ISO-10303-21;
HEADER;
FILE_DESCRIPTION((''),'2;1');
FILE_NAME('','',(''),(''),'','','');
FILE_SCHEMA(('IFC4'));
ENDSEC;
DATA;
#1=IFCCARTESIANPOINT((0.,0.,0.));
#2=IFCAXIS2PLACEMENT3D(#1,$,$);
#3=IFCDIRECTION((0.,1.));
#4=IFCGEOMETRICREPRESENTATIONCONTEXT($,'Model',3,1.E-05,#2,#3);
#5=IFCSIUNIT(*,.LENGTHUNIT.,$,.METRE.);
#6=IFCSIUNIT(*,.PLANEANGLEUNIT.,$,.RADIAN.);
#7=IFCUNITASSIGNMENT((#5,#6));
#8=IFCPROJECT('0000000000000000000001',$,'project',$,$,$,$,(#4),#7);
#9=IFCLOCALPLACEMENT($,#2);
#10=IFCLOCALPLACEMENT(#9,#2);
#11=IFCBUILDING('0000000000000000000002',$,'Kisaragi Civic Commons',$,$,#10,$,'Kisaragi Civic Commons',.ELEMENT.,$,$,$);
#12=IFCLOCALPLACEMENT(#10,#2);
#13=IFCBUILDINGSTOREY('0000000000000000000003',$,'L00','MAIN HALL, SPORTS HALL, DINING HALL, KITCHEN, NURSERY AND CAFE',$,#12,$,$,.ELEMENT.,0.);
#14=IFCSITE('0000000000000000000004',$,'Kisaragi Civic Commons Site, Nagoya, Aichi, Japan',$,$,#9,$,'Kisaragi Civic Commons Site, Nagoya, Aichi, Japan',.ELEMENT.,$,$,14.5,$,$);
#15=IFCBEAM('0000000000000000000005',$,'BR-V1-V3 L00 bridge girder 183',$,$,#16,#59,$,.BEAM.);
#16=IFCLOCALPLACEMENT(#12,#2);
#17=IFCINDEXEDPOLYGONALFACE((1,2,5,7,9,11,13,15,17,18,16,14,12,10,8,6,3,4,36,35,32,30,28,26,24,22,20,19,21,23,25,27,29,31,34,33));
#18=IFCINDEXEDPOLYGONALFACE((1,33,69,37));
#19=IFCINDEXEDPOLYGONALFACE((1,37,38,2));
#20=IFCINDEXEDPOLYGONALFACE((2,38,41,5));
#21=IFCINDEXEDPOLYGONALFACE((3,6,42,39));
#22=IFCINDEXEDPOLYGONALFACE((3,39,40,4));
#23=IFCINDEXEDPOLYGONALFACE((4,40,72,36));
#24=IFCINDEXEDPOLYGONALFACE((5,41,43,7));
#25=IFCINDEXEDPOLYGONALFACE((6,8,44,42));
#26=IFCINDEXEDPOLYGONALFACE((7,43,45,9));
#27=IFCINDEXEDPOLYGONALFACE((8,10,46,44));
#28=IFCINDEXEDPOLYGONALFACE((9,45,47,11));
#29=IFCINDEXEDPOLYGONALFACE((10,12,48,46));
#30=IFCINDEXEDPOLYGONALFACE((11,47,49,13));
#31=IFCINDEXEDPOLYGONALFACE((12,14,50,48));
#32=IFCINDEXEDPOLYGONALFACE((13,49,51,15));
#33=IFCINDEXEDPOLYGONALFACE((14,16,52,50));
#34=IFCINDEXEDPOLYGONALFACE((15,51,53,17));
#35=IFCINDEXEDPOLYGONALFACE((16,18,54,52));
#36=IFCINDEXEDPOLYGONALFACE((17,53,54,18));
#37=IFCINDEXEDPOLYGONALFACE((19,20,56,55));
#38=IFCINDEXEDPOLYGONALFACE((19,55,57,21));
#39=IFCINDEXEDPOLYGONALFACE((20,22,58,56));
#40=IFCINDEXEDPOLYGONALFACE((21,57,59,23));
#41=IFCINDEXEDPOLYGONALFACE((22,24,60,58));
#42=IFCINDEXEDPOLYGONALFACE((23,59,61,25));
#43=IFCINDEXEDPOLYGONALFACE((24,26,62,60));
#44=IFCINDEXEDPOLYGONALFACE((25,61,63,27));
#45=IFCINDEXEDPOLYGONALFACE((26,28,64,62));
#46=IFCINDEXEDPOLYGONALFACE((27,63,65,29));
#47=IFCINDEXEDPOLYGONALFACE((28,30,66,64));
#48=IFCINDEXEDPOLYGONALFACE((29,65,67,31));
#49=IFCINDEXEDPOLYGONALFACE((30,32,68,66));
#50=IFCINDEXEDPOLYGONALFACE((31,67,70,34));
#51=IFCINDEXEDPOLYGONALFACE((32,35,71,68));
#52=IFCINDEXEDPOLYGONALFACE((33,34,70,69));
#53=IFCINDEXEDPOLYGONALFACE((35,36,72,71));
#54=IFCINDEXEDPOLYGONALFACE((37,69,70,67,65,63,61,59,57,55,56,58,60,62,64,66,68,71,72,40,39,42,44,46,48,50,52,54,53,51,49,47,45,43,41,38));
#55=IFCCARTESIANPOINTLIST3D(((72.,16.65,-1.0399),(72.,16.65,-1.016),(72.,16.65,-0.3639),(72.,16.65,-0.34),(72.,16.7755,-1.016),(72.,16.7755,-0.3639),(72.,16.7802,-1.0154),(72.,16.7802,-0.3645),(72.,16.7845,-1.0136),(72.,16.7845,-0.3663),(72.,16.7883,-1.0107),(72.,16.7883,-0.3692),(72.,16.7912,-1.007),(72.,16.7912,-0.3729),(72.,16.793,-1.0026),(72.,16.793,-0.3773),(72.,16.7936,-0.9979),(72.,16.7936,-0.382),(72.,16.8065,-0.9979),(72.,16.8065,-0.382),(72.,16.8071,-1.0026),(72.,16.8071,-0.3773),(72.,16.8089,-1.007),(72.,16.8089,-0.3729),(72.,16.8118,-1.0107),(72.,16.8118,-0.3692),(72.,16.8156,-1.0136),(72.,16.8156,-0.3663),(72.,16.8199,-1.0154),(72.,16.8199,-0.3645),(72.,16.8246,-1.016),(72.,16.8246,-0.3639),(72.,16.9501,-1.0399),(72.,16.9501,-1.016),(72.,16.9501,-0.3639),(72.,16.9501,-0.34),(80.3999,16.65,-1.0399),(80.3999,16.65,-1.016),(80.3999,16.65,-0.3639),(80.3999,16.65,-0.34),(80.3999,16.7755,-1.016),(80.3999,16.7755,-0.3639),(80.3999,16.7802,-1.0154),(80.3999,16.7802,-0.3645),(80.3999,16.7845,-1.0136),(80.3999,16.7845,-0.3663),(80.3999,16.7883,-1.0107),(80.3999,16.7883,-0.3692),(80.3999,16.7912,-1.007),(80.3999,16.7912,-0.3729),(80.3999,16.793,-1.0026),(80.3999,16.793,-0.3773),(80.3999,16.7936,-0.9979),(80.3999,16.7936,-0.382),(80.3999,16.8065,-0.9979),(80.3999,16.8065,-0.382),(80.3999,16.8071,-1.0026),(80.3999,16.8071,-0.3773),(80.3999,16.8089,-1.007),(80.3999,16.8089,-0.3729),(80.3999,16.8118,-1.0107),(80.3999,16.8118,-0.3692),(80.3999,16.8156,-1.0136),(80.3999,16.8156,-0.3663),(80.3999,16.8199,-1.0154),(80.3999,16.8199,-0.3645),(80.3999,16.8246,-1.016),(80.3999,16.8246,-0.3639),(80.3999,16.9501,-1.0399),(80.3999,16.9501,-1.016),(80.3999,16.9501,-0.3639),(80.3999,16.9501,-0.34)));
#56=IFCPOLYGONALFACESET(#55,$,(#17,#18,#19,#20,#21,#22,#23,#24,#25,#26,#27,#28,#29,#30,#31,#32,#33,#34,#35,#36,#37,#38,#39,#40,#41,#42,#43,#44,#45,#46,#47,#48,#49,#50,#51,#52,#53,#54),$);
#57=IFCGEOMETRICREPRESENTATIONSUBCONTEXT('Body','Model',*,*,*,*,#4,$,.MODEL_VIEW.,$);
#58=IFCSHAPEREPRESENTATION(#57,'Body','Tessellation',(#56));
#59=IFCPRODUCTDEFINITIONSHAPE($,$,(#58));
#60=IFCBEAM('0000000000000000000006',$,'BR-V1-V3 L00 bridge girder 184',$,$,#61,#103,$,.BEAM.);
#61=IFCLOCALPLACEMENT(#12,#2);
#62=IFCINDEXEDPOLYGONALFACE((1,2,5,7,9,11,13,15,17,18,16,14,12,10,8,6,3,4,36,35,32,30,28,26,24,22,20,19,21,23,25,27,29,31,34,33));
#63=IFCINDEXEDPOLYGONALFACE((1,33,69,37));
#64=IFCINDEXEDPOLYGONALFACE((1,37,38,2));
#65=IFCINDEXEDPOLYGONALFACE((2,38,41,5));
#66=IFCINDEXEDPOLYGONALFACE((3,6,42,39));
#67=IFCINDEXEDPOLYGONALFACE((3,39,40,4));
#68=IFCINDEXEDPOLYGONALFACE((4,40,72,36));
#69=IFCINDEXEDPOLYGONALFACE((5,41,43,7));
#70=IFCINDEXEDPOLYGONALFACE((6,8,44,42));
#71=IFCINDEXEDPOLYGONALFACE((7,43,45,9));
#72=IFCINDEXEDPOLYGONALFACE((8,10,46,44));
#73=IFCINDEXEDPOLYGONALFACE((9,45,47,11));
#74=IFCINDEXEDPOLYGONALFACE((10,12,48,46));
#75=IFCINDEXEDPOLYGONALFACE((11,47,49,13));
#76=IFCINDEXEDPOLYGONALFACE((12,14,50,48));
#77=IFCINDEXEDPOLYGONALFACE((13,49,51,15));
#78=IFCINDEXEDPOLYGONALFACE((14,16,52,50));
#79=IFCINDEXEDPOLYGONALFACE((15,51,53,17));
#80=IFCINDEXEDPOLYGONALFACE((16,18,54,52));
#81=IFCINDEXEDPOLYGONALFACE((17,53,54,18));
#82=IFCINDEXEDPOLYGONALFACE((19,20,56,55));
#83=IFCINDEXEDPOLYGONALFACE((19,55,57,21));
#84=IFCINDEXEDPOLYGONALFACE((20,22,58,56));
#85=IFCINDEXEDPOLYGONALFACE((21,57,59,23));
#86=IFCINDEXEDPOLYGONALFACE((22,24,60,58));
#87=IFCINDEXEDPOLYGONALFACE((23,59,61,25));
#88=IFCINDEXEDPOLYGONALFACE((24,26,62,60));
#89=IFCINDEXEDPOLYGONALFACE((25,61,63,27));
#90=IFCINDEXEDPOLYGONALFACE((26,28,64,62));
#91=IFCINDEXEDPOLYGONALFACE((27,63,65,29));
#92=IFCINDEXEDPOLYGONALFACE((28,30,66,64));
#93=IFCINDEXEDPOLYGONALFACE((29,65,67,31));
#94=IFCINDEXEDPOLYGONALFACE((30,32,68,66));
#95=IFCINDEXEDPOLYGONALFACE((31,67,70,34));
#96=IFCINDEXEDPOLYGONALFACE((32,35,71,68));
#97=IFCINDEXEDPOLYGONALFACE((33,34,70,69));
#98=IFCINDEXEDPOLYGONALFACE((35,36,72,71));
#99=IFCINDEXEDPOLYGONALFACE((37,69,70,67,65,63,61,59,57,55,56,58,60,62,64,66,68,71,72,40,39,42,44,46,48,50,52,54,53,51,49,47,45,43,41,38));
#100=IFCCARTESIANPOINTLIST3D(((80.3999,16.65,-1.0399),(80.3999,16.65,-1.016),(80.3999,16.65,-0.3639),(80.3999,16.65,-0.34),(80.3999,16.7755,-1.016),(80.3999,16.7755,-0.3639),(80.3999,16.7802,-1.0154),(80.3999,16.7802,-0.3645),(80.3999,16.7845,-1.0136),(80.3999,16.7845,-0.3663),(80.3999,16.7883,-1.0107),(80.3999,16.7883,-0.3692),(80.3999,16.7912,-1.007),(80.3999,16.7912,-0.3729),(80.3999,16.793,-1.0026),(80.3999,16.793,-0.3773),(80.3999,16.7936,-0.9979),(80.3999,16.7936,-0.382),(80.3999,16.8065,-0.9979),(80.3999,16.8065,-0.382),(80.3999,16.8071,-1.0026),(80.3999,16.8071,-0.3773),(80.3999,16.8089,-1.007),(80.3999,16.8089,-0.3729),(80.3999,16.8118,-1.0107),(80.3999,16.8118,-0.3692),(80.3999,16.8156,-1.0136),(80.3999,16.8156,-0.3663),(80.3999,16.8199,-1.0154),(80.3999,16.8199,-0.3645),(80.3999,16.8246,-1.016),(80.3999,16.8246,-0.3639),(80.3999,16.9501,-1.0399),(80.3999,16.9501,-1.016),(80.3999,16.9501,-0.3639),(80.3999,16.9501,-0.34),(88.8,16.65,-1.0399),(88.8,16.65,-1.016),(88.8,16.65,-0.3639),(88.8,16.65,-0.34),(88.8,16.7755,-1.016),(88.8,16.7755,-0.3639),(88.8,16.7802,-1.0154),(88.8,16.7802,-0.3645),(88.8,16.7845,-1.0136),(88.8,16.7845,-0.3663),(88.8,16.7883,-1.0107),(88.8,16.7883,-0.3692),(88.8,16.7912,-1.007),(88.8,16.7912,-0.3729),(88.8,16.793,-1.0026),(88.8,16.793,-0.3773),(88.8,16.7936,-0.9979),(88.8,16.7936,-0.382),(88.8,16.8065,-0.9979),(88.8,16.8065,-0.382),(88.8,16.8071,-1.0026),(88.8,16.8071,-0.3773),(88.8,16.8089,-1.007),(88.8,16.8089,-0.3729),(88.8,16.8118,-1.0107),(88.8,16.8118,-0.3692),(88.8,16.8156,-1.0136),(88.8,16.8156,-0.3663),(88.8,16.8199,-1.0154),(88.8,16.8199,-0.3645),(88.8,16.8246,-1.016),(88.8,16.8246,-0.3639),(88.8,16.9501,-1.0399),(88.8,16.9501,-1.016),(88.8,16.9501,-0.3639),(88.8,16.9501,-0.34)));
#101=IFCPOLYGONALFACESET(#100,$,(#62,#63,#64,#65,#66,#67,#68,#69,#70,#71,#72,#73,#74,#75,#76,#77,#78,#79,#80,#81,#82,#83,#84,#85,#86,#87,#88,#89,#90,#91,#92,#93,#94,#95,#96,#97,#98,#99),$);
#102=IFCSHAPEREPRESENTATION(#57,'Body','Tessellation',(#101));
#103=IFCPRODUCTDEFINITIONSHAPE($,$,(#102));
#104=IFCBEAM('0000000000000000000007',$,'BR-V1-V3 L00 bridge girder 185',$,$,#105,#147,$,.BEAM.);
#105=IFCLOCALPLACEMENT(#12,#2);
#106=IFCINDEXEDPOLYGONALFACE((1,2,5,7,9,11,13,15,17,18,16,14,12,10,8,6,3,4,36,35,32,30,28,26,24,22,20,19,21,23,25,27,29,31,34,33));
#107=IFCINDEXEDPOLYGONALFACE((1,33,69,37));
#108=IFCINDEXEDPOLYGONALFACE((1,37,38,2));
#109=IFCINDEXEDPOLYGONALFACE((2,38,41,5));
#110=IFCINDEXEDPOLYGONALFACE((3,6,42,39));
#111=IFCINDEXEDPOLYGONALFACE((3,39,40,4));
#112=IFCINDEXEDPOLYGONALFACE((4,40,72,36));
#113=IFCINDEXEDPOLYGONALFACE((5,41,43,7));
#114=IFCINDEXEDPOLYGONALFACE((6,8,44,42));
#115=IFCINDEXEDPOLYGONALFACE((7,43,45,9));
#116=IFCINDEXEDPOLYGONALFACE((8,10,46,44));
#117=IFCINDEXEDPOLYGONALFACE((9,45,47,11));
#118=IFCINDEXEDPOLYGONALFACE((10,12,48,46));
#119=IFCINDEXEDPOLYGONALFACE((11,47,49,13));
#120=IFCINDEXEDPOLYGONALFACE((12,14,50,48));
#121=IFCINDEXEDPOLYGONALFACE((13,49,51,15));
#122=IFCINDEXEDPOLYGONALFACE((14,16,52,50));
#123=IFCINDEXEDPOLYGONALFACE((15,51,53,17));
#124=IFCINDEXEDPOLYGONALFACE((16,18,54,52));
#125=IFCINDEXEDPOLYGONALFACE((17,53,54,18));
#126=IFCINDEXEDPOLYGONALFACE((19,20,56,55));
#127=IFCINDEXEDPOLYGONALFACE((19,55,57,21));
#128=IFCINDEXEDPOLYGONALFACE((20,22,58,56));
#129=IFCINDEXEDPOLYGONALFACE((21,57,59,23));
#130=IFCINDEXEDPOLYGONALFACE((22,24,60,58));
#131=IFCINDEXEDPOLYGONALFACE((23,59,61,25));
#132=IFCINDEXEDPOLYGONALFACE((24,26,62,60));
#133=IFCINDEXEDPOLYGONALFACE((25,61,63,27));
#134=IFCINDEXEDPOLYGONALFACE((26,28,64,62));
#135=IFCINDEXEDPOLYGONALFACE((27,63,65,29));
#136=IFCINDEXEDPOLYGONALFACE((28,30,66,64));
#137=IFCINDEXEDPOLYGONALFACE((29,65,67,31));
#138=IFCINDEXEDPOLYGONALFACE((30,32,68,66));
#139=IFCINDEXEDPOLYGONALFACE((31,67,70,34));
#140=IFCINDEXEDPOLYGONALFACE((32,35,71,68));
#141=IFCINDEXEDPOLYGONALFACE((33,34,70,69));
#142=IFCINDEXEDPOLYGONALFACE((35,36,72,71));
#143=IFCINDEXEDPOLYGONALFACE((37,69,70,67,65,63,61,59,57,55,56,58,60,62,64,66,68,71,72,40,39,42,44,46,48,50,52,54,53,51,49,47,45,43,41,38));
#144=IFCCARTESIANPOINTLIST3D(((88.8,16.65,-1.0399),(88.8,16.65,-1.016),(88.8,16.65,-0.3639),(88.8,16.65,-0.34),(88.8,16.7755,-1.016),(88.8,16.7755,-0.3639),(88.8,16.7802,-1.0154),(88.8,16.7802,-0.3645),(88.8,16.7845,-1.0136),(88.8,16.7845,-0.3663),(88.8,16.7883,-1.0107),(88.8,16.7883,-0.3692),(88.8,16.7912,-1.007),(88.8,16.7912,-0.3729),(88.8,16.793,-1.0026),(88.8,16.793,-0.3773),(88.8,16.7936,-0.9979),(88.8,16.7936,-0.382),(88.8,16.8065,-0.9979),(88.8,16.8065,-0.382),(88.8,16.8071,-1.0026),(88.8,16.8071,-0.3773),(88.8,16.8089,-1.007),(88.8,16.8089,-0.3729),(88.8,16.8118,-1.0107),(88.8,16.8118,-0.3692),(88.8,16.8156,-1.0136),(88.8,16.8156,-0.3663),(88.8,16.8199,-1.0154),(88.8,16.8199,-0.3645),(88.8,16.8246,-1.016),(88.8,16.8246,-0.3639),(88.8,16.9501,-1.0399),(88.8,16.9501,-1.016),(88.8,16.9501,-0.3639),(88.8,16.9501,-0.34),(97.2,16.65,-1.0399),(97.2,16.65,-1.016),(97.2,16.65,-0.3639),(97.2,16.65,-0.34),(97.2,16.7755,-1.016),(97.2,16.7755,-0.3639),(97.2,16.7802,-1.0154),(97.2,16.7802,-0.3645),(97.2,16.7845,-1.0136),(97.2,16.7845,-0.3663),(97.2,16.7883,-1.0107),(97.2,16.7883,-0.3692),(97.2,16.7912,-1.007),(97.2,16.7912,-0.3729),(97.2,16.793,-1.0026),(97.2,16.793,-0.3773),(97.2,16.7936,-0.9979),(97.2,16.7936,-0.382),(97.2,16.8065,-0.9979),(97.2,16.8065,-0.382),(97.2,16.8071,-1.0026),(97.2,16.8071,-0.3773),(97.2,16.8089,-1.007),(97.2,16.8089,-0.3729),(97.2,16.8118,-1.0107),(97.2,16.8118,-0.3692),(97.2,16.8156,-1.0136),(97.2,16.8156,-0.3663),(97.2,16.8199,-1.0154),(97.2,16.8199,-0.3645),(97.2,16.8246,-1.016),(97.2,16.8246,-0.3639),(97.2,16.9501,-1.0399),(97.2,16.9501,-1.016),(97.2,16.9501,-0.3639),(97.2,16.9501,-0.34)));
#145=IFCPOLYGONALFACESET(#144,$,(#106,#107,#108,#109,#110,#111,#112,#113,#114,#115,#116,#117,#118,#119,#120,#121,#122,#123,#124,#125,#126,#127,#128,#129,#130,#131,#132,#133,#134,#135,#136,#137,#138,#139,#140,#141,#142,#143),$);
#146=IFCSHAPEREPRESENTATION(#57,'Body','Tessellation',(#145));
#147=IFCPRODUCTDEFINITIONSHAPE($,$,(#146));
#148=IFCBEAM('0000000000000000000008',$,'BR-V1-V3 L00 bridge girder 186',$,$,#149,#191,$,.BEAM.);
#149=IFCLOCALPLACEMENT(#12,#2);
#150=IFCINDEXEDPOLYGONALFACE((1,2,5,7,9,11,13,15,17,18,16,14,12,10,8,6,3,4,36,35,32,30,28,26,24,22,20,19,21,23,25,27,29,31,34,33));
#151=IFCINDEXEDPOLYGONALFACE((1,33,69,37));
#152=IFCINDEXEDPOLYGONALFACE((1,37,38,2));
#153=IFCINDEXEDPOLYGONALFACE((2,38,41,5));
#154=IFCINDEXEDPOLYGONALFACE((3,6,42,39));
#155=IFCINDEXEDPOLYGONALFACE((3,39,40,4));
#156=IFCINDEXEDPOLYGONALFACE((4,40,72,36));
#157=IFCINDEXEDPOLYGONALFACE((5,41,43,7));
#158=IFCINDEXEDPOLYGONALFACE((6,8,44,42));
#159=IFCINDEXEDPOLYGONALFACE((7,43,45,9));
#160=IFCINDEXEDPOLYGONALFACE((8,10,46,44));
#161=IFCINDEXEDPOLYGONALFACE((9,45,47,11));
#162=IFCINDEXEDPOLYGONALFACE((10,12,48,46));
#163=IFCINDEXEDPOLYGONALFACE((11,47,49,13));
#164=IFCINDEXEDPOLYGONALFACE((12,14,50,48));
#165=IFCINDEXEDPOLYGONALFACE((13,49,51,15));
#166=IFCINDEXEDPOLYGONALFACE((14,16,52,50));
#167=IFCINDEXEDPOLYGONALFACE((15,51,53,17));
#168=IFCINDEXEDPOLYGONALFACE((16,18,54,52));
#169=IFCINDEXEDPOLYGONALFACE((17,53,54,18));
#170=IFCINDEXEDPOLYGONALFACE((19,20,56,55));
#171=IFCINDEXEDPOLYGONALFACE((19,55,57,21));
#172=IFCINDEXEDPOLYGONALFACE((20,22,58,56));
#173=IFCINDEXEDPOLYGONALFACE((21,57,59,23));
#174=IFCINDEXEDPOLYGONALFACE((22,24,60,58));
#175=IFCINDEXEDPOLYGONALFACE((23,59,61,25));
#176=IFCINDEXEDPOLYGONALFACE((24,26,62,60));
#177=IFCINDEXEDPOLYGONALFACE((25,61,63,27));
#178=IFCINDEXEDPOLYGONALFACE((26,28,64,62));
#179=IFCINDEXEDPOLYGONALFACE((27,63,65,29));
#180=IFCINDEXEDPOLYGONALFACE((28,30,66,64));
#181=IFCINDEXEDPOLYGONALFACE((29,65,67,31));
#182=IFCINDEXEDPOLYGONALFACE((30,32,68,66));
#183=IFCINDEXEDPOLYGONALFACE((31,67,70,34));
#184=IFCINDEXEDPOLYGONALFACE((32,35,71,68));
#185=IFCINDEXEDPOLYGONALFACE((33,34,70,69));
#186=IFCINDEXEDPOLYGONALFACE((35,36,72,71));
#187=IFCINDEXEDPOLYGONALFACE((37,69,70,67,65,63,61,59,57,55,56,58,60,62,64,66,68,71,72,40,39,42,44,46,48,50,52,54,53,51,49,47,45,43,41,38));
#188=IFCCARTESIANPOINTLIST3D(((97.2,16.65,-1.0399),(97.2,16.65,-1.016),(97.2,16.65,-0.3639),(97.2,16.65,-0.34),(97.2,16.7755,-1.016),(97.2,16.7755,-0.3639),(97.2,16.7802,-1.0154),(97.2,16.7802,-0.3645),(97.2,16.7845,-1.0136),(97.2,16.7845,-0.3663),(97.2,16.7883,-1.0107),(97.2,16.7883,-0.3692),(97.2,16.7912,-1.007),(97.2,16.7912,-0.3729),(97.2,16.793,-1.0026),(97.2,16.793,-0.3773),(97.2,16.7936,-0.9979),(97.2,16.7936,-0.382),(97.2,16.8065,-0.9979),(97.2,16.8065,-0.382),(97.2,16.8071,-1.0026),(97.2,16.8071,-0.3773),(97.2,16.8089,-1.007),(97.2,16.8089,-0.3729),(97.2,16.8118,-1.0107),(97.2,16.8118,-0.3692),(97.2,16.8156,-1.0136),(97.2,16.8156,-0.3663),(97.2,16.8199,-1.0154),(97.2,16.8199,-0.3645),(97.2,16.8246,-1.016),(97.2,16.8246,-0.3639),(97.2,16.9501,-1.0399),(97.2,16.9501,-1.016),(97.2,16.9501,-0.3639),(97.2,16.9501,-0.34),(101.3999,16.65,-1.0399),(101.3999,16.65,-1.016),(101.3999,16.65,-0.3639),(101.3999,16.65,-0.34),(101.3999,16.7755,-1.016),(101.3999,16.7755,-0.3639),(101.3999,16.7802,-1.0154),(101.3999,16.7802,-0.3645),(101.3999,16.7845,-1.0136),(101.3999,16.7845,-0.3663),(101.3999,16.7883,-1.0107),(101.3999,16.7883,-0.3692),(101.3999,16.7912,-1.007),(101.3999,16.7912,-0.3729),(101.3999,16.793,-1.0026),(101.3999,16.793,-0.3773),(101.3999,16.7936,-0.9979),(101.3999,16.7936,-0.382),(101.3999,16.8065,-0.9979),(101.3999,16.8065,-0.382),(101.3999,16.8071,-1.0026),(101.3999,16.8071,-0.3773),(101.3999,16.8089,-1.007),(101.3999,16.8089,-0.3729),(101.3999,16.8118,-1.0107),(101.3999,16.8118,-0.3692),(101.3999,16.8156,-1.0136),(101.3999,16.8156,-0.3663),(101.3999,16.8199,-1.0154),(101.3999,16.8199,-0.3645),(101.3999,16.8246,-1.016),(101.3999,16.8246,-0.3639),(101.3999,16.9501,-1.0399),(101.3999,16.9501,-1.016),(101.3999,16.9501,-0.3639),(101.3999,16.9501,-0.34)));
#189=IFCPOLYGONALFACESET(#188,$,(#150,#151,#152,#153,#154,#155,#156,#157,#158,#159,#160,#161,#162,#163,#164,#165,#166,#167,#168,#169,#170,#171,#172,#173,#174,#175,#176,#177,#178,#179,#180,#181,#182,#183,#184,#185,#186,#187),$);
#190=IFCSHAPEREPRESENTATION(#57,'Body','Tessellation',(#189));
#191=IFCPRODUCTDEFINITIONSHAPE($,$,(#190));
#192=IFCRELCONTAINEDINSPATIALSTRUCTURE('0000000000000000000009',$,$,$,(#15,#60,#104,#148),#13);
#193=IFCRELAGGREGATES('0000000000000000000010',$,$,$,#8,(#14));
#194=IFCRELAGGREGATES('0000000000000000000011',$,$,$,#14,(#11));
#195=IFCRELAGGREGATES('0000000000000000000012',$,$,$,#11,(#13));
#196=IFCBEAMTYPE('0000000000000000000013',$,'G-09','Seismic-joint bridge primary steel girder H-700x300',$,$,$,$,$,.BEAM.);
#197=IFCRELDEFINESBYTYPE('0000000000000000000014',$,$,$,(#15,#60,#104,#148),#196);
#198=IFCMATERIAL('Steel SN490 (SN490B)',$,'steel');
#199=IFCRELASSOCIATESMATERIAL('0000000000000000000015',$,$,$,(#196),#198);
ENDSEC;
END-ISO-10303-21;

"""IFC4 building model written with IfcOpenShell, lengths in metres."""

from ifc_helpers import new_model, si_unit, direction, frame, origin, origin_2d, place, context, subcontext, project, spatial, i_section, extrude, material, material_profile, profile_set, type_object, element, save


model = new_model("IFC4")

# Units and contexts
model_context = context("Model", 3, precision=1e-05, world=origin(), true_north=direction((0.0, 1.0)))
body_context = subcontext(model_context, "Body", "Model", "MODEL_VIEW")
ifc_project = project(units=[si_unit("LENGTHUNIT", "METRE"), si_unit("PLANEANGLEUNIT", "RADIAN")], contexts=[model_context])

# Site, building, storey
site_placement = place(None, origin())
site = spatial("IfcSite", under=ifc_project, at=site_placement, Name="Kisaragi Civic Commons Site, Nagoya, Aichi, Japan", LongName="Kisaragi Civic Commons Site, Nagoya, Aichi, Japan", CompositionType="ELEMENT", RefElevation=14.5)
building_placement = place(site_placement, origin())
building = spatial("IfcBuilding", under=site, at=building_placement, Name="Kisaragi Civic Commons", LongName="Kisaragi Civic Commons", CompositionType="ELEMENT")
storey_placement = place(building_placement, origin())
storey = spatial("IfcBuildingStorey", under=building, at=storey_placement, Name="L00", Description="MAIN HALL, SPORTS HALL, DINING HALL, KITCHEN, NURSERY AND CAFE", CompositionType="ELEMENT", Elevation=0.0)

# Beams
ifc_material_1 = material(Name="Steel SN490 (SN490B)", Category="steel")
ifc_material_profile_1 = material_profile(ifc_material_1, i_section(OverallWidth=0.3, OverallDepth=0.7, WebThickness=0.0129, FlangeThickness=0.0239, FilletRadius=0.0181, at=origin_2d()), Name="H-700x300x13x24", Category="steel")
ifc_profile_set_1 = profile_set([ifc_material_profile_1], Name="Steel SN490 (SN490B)")
beam_type_1 = type_object("IfcBeamType", Name="G-09", Description="Seismic-joint bridge primary steel girder H-700x300", PredefinedType="BEAM", material=ifc_profile_set_1)
for number, where, z_axis, x_axis, name in (
    (1, (72.0, 16.8, -0.6899), (1.0, 0.0, 0.0), (0.0, 1.0, 0.0), "BR-V1-V3 L00 bridge girder 183"),
):
    element("IfcBeam", number, at=place(storey_placement, frame(where, z_axis=z_axis, x_axis=x_axis)), inside=storey, type_object=beam_type_1, Name=name, PredefinedType="BEAM", context=body_context, shape_type="SweptSolid", body=[
        extrude(i_section(OverallWidth=0.3, OverallDepth=0.7, WebThickness=0.0129, FlangeThickness=0.0239, FilletRadius=0.0181, at=origin_2d()), origin(), (0.0, 0.0, 1.0), 8.3999),
    ])
beam_1_placement = place(storey_placement, frame((80.3999, 16.8, -0.6899), z_axis=(1.0, 0.0, 0.0), x_axis=(0.0, 1.0, 0.0)))
element("IfcBeam", 2, at=beam_1_placement, inside=storey, type_object=beam_type_1, Name="BR-V1-V3 L00 bridge girder 184", PredefinedType="BEAM", context=body_context, shape_type="SweptSolid", body=[
    extrude(i_section(OverallWidth=0.3, OverallDepth=0.7, WebThickness=0.0129, FlangeThickness=0.0239, FilletRadius=0.0181, at=origin_2d()), origin(), (0.0, 0.0, 1.0), 8.4001),
])
beam_2_placement = place(storey_placement, frame((88.8, 16.8, -0.6899), z_axis=(1.0, 0.0, 0.0), x_axis=(0.0, 1.0, 0.0)))
element("IfcBeam", 3, at=beam_2_placement, inside=storey, type_object=beam_type_1, Name="BR-V1-V3 L00 bridge girder 185", PredefinedType="BEAM", context=body_context, shape_type="SweptSolid", body=[
    extrude(i_section(OverallWidth=0.3, OverallDepth=0.7, WebThickness=0.0129, FlangeThickness=0.0239, FilletRadius=0.0181, at=origin_2d()), origin(), (0.0, 0.0, 1.0), 8.3999),
])
beam_3_placement = place(storey_placement, frame((97.2, 16.8, -0.6899), z_axis=(1.0, 0.0, 0.0), x_axis=(0.0, 1.0, 0.0)))
element("IfcBeam", 4, at=beam_3_placement, inside=storey, type_object=beam_type_1, Name="BR-V1-V3 L00 bridge girder 186", PredefinedType="BEAM", context=body_context, shape_type="SweptSolid", body=[
    extrude(i_section(OverallWidth=0.3, OverallDepth=0.7, WebThickness=0.0129, FlangeThickness=0.0239, FilletRadius=0.0181, at=origin_2d()), origin(), (0.0, 0.0, 1.0), 4.2),
])

save(model, "model.ifc")
